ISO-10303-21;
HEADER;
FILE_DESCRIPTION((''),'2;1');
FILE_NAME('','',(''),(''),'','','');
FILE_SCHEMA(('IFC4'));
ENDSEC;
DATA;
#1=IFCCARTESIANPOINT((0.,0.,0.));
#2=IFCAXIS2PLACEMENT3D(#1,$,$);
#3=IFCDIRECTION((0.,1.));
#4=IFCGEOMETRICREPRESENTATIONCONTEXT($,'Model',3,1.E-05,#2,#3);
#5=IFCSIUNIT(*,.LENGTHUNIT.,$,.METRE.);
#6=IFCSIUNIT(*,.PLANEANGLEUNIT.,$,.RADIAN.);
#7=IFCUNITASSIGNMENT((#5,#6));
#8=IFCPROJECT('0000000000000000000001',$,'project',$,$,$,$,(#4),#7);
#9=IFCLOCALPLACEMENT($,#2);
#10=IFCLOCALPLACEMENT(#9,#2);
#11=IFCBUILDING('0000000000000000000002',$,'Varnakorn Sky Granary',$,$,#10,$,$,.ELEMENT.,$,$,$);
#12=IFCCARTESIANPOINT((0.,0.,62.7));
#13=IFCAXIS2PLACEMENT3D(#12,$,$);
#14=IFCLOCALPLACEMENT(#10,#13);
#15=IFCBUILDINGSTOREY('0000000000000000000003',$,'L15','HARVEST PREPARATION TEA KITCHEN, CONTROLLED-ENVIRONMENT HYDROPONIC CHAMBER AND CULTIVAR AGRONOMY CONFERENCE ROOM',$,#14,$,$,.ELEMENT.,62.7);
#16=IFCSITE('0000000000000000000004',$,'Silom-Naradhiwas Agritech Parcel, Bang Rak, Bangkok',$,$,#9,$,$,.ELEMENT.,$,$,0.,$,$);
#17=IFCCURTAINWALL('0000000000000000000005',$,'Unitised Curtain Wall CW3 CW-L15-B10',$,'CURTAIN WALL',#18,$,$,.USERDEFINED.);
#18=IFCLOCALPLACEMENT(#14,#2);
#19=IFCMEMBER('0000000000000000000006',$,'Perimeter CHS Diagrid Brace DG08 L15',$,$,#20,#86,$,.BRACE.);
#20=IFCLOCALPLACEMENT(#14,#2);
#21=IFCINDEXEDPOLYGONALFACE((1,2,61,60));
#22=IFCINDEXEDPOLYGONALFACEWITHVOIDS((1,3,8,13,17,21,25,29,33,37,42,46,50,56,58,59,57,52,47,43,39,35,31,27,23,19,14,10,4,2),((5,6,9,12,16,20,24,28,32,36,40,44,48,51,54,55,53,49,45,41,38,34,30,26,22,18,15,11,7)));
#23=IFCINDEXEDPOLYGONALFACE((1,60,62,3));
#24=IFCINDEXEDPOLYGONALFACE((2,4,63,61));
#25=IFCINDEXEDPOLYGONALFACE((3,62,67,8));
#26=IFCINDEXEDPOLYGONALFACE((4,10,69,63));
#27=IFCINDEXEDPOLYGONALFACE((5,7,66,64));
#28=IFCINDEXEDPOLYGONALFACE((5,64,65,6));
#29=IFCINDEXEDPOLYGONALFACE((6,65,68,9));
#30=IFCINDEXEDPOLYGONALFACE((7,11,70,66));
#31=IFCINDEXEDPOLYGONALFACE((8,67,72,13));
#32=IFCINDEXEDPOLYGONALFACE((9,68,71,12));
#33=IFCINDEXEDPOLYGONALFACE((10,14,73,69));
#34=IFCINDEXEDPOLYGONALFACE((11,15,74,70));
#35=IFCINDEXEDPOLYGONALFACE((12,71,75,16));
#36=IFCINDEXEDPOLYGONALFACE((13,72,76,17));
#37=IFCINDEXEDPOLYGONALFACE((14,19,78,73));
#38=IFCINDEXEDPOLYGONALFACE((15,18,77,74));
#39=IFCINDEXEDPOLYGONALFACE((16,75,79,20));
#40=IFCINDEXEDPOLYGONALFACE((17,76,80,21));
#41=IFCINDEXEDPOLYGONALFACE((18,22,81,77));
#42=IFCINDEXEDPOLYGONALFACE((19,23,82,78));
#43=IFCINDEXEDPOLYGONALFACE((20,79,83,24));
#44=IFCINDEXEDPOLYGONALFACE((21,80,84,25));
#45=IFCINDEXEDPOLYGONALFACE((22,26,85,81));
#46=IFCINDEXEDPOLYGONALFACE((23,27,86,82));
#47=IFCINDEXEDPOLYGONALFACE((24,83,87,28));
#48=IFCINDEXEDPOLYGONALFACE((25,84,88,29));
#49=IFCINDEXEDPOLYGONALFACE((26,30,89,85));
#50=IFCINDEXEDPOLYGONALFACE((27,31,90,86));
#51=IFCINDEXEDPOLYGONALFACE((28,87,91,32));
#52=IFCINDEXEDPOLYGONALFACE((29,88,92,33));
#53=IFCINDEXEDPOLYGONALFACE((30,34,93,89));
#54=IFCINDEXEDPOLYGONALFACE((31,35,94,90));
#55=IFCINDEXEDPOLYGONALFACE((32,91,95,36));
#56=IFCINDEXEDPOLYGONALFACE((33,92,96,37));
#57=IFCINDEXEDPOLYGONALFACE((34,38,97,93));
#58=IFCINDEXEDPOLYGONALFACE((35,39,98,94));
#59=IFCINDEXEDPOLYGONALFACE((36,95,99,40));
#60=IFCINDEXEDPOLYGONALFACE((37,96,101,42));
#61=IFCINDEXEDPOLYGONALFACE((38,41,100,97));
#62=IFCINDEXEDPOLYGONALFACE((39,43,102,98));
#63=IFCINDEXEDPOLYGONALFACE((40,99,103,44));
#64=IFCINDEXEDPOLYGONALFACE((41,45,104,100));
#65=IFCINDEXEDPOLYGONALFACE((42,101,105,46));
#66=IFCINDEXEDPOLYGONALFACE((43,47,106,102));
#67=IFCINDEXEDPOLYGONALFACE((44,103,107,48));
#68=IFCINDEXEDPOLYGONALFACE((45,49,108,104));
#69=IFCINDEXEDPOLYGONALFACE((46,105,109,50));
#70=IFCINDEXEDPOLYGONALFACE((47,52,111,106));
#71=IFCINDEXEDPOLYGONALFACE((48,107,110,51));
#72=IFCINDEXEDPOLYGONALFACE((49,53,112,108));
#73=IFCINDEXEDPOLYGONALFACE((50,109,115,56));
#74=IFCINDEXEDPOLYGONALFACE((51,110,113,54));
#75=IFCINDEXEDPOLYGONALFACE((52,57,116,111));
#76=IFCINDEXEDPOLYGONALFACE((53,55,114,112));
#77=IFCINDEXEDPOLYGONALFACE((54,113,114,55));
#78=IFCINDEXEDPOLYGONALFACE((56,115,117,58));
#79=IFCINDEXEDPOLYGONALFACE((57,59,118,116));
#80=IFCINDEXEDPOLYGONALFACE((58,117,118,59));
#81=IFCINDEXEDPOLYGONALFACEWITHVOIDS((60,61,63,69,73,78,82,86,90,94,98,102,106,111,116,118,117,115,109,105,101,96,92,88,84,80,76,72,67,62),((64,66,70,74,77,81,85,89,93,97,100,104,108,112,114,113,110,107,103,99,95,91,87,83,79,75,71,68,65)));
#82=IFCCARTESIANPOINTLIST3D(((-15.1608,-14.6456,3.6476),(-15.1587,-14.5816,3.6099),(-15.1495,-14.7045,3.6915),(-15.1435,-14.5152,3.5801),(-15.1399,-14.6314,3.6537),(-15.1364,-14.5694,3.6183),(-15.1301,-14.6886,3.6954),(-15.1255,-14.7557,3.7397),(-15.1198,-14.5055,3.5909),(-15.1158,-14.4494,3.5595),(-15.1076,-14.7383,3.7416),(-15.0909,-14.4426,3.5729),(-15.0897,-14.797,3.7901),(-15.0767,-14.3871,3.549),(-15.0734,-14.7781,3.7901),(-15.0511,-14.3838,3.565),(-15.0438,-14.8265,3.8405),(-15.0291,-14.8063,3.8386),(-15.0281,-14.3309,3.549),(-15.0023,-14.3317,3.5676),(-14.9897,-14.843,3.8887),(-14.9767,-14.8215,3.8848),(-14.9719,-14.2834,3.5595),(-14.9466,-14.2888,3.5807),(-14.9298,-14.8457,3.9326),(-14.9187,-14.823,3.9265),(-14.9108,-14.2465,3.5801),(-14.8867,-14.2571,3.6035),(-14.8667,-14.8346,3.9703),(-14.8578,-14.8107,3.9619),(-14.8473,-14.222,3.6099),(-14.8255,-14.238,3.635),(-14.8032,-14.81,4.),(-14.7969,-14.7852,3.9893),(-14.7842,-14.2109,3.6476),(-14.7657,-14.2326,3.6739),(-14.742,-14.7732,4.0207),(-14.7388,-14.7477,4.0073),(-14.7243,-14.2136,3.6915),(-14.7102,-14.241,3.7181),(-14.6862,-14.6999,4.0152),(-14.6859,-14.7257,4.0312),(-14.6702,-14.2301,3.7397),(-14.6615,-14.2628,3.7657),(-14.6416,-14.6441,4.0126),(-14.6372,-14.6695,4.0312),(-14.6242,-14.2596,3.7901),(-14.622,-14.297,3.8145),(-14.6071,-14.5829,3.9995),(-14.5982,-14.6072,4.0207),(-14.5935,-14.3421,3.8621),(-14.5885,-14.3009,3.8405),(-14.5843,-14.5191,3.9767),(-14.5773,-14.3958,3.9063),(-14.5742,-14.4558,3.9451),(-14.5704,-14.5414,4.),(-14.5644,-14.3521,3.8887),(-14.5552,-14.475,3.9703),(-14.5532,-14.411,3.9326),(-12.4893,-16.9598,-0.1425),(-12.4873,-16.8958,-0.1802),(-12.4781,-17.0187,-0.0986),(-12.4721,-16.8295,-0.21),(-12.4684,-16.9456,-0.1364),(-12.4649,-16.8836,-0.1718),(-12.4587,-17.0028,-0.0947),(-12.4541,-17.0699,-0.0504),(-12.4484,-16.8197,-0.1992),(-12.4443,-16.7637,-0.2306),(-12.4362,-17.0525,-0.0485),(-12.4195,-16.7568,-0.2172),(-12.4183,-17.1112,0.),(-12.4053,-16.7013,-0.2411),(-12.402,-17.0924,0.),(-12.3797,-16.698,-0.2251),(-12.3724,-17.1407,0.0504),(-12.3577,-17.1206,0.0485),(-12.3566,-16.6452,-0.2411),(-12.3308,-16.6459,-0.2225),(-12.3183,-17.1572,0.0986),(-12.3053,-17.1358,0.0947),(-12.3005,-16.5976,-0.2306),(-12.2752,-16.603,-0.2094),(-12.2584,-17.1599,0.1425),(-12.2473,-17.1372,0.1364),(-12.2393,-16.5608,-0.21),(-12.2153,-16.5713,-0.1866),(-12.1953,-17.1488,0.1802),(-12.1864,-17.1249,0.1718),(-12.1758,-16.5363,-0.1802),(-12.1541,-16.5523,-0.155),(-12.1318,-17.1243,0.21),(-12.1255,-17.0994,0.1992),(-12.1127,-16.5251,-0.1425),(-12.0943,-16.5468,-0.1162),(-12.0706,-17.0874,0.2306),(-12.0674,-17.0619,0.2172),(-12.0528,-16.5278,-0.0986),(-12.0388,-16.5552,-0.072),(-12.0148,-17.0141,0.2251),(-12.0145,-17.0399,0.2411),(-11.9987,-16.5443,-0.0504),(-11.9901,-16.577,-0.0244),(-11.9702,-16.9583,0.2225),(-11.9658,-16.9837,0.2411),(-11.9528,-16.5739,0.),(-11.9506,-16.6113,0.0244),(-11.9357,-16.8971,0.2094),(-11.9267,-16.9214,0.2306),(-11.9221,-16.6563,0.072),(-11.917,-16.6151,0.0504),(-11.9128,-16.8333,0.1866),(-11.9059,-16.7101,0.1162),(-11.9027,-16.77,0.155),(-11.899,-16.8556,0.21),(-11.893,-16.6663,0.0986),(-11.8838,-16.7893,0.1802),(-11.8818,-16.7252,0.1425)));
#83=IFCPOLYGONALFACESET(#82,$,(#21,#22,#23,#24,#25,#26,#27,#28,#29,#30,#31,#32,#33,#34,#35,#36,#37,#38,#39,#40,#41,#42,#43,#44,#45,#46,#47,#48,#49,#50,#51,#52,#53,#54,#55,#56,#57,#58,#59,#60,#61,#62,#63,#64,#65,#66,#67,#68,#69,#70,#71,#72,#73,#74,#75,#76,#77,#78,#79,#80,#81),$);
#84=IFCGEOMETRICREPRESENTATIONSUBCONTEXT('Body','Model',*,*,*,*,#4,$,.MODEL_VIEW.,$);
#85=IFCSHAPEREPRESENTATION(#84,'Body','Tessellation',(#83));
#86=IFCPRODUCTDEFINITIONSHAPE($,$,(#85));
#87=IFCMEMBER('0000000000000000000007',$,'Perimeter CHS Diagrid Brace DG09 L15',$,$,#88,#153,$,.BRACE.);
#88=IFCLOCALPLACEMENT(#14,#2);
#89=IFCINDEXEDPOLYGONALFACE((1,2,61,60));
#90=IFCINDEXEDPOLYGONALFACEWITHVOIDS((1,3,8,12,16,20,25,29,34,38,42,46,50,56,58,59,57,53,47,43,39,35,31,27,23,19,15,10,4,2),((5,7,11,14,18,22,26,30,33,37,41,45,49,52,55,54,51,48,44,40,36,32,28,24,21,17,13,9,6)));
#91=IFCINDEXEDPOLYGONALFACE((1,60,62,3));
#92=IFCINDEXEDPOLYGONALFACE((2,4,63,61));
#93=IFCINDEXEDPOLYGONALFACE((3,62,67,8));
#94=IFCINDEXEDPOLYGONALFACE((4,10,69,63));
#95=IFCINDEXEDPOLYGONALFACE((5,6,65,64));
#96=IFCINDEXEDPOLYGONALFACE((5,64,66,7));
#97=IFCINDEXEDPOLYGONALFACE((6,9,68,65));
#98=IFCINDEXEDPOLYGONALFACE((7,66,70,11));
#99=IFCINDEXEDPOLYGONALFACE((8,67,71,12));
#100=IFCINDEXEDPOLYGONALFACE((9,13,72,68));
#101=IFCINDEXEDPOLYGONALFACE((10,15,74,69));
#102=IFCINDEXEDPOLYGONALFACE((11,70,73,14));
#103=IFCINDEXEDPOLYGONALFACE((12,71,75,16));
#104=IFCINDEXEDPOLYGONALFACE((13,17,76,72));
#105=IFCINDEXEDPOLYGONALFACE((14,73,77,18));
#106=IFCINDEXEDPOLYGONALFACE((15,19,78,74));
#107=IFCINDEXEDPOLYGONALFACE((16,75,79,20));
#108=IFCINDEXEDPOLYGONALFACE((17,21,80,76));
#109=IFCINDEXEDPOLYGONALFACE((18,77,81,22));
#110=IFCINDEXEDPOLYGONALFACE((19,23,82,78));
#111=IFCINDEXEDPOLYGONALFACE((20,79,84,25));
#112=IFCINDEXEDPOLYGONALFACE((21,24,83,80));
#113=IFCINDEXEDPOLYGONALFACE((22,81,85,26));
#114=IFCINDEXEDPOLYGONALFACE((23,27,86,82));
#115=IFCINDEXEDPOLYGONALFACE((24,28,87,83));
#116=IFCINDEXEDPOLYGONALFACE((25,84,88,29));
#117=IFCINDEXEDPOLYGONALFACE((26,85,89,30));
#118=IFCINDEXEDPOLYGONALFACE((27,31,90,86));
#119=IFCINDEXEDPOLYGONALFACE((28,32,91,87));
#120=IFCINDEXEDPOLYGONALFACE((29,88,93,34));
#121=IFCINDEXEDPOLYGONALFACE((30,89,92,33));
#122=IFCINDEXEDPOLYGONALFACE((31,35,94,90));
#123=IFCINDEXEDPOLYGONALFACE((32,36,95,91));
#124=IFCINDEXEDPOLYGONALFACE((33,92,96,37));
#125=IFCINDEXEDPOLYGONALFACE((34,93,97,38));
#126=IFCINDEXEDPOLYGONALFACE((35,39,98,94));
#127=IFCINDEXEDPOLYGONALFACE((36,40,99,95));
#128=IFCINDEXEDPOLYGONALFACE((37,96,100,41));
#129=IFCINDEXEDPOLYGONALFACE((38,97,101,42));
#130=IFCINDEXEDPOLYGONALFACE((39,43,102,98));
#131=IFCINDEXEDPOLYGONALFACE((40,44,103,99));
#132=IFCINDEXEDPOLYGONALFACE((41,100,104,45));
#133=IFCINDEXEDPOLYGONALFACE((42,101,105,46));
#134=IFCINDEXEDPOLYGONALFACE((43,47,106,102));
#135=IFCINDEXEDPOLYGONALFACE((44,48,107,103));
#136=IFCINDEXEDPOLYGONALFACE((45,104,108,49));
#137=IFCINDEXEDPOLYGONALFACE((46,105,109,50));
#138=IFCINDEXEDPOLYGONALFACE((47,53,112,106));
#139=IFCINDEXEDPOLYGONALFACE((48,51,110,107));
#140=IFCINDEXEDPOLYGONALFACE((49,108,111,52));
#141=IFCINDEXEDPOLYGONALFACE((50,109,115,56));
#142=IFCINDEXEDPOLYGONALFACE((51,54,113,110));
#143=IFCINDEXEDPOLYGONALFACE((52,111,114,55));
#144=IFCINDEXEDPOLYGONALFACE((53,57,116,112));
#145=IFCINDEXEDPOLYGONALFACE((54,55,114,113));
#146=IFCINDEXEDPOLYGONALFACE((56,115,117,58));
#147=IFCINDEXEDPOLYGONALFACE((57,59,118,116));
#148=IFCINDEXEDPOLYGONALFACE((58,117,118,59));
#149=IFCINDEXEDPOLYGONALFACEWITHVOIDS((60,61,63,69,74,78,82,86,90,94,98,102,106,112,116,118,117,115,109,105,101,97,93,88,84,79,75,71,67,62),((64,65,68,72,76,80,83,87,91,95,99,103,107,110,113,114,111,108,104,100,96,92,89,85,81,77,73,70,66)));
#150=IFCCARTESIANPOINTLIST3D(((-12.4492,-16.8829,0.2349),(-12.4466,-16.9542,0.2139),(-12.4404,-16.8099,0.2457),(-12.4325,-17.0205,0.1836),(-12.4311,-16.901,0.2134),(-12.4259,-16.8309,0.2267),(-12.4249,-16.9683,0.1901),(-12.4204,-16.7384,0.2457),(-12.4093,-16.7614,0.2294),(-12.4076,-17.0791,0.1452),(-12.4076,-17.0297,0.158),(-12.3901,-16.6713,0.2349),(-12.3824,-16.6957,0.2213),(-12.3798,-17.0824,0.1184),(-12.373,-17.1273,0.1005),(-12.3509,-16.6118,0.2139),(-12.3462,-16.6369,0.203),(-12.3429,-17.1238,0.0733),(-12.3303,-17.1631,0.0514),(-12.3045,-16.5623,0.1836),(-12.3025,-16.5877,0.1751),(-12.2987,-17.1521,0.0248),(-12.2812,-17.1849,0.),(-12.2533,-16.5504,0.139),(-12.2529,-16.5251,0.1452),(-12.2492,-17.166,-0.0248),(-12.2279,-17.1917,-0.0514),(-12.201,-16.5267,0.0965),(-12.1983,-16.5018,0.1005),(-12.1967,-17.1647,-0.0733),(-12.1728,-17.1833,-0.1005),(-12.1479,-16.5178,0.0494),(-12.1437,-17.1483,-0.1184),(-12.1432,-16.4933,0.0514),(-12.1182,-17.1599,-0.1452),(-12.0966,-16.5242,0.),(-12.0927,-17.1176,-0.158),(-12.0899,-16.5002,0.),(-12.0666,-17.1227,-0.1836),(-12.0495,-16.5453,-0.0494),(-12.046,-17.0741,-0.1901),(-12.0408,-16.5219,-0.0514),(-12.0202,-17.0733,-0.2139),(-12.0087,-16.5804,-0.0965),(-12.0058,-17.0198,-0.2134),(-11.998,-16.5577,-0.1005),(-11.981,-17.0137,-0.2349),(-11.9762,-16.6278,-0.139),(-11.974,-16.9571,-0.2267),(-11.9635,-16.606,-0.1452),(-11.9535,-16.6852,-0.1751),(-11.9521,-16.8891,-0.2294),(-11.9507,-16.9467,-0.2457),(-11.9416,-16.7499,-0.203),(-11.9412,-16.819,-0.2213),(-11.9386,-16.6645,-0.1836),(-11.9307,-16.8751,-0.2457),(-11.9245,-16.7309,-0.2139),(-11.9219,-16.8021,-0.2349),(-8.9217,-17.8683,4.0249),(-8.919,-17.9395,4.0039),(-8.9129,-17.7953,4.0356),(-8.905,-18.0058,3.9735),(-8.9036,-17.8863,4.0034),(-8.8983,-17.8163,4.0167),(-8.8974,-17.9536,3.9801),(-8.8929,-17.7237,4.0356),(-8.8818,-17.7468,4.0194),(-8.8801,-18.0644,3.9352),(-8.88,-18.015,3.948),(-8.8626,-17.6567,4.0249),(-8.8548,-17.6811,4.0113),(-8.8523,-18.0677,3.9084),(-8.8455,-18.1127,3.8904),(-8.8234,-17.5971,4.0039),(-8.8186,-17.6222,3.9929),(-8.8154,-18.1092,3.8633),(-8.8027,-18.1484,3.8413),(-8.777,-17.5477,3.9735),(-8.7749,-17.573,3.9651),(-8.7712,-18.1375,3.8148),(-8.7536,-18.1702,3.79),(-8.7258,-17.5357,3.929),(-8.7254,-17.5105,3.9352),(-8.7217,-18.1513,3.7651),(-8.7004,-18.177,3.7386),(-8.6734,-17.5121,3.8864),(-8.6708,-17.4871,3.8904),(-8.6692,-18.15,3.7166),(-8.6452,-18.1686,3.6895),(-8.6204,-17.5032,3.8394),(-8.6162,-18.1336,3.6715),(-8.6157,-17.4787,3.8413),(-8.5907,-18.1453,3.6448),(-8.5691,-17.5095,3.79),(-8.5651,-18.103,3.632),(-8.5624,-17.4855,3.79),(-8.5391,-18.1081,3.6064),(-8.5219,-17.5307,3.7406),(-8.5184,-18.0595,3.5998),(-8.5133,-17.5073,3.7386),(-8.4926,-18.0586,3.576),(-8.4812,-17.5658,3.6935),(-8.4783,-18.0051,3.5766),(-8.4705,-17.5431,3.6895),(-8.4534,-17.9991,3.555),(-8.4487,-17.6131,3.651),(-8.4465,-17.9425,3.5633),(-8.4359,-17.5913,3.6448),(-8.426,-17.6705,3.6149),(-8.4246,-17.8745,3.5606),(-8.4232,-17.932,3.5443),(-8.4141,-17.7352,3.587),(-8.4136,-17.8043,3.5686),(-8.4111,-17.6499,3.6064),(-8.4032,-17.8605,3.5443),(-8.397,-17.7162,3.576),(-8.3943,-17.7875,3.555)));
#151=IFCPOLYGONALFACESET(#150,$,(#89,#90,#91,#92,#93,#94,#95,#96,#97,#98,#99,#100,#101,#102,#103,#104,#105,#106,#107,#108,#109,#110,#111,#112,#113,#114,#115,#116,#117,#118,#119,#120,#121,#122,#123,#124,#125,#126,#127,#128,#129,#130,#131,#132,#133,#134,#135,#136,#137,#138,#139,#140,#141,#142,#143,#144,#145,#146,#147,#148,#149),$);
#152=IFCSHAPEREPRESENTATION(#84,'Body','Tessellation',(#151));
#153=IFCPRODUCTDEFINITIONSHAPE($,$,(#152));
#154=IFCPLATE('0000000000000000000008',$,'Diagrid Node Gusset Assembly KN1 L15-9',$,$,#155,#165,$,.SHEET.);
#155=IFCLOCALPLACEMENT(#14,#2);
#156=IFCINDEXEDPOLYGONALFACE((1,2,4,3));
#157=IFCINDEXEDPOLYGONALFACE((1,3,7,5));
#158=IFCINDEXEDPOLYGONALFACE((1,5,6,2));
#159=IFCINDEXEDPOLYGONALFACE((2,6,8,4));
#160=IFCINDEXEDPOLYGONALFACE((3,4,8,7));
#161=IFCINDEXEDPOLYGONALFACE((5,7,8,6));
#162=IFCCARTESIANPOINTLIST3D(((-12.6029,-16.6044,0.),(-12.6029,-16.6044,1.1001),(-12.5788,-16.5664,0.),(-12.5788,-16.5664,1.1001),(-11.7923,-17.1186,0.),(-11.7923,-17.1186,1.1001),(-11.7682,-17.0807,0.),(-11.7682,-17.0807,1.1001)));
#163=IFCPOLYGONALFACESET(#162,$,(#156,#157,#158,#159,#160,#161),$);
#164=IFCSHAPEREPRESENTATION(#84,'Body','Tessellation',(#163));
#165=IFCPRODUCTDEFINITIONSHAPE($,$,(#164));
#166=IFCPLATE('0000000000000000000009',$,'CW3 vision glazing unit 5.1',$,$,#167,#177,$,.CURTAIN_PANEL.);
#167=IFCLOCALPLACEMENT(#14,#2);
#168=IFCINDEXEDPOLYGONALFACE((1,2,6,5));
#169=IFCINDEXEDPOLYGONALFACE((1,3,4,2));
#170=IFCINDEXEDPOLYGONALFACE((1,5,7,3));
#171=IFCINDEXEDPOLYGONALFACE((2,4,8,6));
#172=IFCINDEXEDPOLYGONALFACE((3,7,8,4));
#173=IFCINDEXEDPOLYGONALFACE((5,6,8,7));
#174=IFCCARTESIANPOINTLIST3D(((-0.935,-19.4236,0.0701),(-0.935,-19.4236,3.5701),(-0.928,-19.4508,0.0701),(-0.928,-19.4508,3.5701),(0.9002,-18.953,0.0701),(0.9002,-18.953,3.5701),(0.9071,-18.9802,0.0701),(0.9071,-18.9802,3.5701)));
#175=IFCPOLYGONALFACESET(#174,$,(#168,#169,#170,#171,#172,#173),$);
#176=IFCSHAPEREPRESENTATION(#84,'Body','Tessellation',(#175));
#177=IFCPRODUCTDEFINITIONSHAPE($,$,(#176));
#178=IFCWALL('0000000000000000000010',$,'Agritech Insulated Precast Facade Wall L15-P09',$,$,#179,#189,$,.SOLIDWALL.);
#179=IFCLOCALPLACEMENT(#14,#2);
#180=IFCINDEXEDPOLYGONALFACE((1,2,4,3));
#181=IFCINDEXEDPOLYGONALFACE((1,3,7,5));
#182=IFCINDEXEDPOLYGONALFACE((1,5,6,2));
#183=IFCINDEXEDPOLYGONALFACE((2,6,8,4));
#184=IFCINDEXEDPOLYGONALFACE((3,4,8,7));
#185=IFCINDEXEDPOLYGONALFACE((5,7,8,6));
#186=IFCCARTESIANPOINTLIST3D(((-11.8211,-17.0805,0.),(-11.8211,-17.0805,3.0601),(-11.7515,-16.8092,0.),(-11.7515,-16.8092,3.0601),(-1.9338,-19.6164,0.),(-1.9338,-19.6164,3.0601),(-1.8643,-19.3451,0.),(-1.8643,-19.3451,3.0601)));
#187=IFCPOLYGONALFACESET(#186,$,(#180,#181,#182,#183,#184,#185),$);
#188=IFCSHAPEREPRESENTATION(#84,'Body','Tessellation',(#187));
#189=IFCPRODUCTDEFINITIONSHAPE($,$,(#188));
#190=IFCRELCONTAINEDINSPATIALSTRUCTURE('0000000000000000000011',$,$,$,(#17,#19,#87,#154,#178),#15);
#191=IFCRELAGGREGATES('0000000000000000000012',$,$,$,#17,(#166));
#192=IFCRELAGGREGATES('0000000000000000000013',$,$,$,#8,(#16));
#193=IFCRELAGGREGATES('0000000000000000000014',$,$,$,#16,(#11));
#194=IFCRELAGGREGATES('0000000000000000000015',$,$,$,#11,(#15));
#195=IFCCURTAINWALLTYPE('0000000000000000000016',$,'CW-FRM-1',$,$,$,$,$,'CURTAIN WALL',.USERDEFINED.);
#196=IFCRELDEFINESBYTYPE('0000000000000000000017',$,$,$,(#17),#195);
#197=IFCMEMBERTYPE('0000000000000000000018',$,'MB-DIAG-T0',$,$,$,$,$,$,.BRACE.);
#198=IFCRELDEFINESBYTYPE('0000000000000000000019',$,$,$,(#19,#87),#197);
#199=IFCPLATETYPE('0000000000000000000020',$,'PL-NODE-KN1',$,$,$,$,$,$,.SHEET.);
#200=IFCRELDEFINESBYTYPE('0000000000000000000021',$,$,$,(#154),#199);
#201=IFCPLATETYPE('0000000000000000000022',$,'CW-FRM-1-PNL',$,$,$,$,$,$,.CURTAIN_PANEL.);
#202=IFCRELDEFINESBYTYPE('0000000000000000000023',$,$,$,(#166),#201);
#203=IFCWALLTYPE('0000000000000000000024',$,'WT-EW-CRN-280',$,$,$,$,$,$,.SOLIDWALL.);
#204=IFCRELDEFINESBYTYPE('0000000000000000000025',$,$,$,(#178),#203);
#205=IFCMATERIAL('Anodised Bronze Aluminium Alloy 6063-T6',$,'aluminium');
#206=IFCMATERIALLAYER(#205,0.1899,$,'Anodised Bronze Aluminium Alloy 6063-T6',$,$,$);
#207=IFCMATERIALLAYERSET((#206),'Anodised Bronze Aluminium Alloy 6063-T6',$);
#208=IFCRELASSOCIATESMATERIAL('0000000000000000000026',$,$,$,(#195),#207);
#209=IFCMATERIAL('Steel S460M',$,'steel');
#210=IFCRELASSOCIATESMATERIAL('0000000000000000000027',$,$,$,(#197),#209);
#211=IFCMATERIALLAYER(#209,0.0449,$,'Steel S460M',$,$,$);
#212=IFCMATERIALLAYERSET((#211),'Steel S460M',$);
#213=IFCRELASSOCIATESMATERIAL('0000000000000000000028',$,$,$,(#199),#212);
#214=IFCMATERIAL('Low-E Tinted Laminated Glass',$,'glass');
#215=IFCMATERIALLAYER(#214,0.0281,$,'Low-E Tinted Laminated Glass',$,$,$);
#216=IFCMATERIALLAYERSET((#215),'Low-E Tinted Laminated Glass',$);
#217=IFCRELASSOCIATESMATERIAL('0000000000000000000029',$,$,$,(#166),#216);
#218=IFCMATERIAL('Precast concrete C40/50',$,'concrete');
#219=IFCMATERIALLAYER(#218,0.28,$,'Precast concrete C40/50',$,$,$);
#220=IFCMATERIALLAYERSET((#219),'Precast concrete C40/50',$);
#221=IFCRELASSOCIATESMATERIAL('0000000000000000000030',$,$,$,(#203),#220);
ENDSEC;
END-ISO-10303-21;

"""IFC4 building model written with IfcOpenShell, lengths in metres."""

from ifc_helpers import new_model, si_unit, direction, frame, frame_2d, origin, origin_2d, place, context, subcontext, project, spatial, rectangle, hollow_circle, extrude, source, transform, mapped, material, layer, layer_set, material_profile, profile_set, type_object, type_shapes, element, aggregate, save


model = new_model("IFC4")

# Units and contexts
model_context = context("Model", 3, precision=1e-05, world=origin(), true_north=direction((0.0, 1.0)))
body_context = subcontext(model_context, "Body", "Model", "MODEL_VIEW")
ifc_project = project(units=[si_unit("LENGTHUNIT", "METRE"), si_unit("PLANEANGLEUNIT", "RADIAN")], contexts=[model_context])

# Site, building, storey
site_placement = place(None, origin())
site = spatial("IfcSite", under=ifc_project, at=site_placement, Name="Silom-Naradhiwas Agritech Parcel, Bang Rak, Bangkok", CompositionType="ELEMENT", RefElevation=0.0)
building_placement = place(site_placement, origin())
building = spatial("IfcBuilding", under=site, at=building_placement, Name="Varnakorn Sky Granary", CompositionType="ELEMENT")
storey_placement = place(building_placement, frame((0.0, 0.0, 62.7)))
storey = spatial("IfcBuildingStorey", under=building, at=storey_placement, Name="L15", Description="HARVEST PREPARATION TEA KITCHEN, CONTROLLED-ENVIRONMENT HYDROPONIC CHAMBER AND CULTIVAR AGRONOMY CONFERENCE ROOM", CompositionType="ELEMENT", Elevation=62.7)

# Shared definitions
ifc_material_1 = material(Name="Steel S460M", Category="steel")

# Curtain wall
ifc_material_2 = material(Name="Anodised Bronze Aluminium Alloy 6063-T6", Category="aluminium")
ifc_layer_1 = layer(ifc_material_2, 0.1899, Name="Anodised Bronze Aluminium Alloy 6063-T6")
ifc_layer_set_1 = layer_set([ifc_layer_1], Name="Anodised Bronze Aluminium Alloy 6063-T6")
curtain_wall_type = type_object("IfcCurtainWallType", Name="CW-FRM-1", ElementType="CURTAIN WALL", PredefinedType="USERDEFINED", material=ifc_layer_set_1)
curtain_wall_1_placement = place(storey_placement, origin())
curtain_wall_1 = element("IfcCurtainWall", 1, at=curtain_wall_1_placement, inside=storey, type_object=curtain_wall_type, Name="Unitised Curtain Wall CW3 CW-L15-B10", ObjectType="CURTAIN WALL", PredefinedType="USERDEFINED")

# Members
ifc_material_profile_1 = material_profile(ifc_material_1, hollow_circle(Radius=0.3555, WallThickness=0.0249, at=origin_2d()), Name="CHS 711x25")
ifc_profile_set_1 = profile_set([ifc_material_profile_1], Name="Steel S460M")
member_type_1 = type_object("IfcMemberType", Name="MB-DIAG-T0", PredefinedType="BRACE", material=ifc_profile_set_1)
member_1_placement = place(storey_placement, frame((-12.1855, -16.8425, 0.0), z_axis=(-0.515483, 0.44656, 0.731343), x_axis=(-0.65477, -0.755828, 0.0)))
element("IfcMember", 2, at=member_1_placement, inside=storey, type_object=member_type_1, Name="Perimeter CHS Diagrid Brace DG08 L15", PredefinedType="BRACE", context=body_context, shape_type="SweptSolid", body=[
    extrude(hollow_circle(Radius=0.3555, WallThickness=0.0249, at=origin_2d()), origin(), (0.0, 0.0, 1.0), 5.1824),
])
member_2_placement = place(storey_placement, frame((-12.1855, -16.8425, 0.0), z_axis=(0.669296, -0.186953, 0.719091), x_axis=(0.269029, 0.963132, 0.0)))
element("IfcMember", 3, at=member_2_placement, inside=storey, type_object=member_type_1, Name="Perimeter CHS Diagrid Brace DG09 L15", PredefinedType="BRACE", context=body_context, shape_type="SweptSolid", body=[
    extrude(hollow_circle(Radius=0.3555, WallThickness=0.0249, at=origin_2d()), origin(), (0.0, 0.0, 1.0), 5.2705),
])

# Plates
ifc_layer_2 = layer(ifc_material_1, 0.0449, Name="Steel S460M")
ifc_layer_set_2 = layer_set([ifc_layer_2], Name="Steel S460M")
plate_type_1 = type_object("IfcPlateType", Name="PL-NODE-KN1", PredefinedType="SHEET", material=ifc_layer_set_2)
plate_1_placement = place(storey_placement, frame((-12.1855, -16.8425, 0.0), z_axis=(0.0, 0.0, 1.0), x_axis=(0.844398, -0.535717, 0.0)))
element("IfcPlate", 4, at=plate_1_placement, inside=storey, type_object=plate_type_1, Name="Diagrid Node Gusset Assembly KN1 L15-9", PredefinedType="SHEET", context=body_context, shape_type="SweptSolid", body=[
    extrude(rectangle(XDim=0.96, YDim=0.0449, at=origin_2d()), origin(), (0.0, 0.0, 1.0), 1.1001),
])
ifc_material_3 = material(Name="Low-E Tinted Laminated Glass", Category="glass")
ifc_layer_3 = layer(ifc_material_3, 0.0281, Name="Low-E Tinted Laminated Glass")
ifc_layer_set_3 = layer_set([ifc_layer_3], Name="Low-E Tinted Laminated Glass")
plate_type_2 = type_object("IfcPlateType", Name="CW-FRM-1-PNL", PredefinedType="CURTAIN_PANEL")
shared_shape_1 = source(origin(), body_context, "Body", "SweptSolid", [
    extrude(rectangle(XDim=1.8945, YDim=0.0281, at=origin_2d()), origin(), (0.0, 0.0, 1.0), 3.5),
])
type_shapes(plate_type_2, [shared_shape_1])
plate_2_placement = place(storey_placement, frame((-0.0139, -19.2019, 0.0701), z_axis=(0.0, 0.0, 1.0), x_axis=(-0.968648, -0.248436, 0.0)))
plate_2 = element("IfcPlate", 5, at=plate_2_placement, type_object=plate_type_2, material=ifc_layer_set_3, Name="CW3 vision glazing unit 5.1", PredefinedType="CURTAIN_PANEL", context=body_context, shape_type="MappedRepresentation", body=[
    mapped(shared_shape_1, transform((0.0, 0.0, 0.0), x_axis=(1.0, 0.0, 0.0), y_axis=(0.0, 1.0, 0.0), z_axis=(0.0, 0.0, 1.0), scale=1.0)),
])
aggregate(curtain_wall_1, [plate_2])

# Wall
ifc_material_4 = material(Name="Precast concrete C40/50", Category="concrete")
ifc_layer_4 = layer(ifc_material_4, 0.28, Name="Precast concrete C40/50")
ifc_layer_set_4 = layer_set([ifc_layer_4], Name="Precast concrete C40/50")
wall_type_1 = type_object("IfcWallType", Name="WT-EW-CRN-280", PredefinedType="SOLIDWALL", material=ifc_layer_set_4)
wall_1_placement = place(storey_placement, frame((-1.8992, -19.4807, 0.0), z_axis=(0.0, 0.0, 1.0), x_axis=(-0.968647, 0.24844, 0.0)))
element("IfcWall", 6, at=wall_1_placement, inside=storey, type_object=wall_type_1, Name="Agritech Insulated Precast Facade Wall L15-P09", PredefinedType="SOLIDWALL", context=body_context, shape_type="SweptSolid", body=[
    extrude(rectangle(XDim=10.2073, YDim=0.28, at=frame_2d((5.1035, 0.0))), origin(), (0.0, 0.0, 1.0), 3.0601),
])

save(model, "model.ifc")
